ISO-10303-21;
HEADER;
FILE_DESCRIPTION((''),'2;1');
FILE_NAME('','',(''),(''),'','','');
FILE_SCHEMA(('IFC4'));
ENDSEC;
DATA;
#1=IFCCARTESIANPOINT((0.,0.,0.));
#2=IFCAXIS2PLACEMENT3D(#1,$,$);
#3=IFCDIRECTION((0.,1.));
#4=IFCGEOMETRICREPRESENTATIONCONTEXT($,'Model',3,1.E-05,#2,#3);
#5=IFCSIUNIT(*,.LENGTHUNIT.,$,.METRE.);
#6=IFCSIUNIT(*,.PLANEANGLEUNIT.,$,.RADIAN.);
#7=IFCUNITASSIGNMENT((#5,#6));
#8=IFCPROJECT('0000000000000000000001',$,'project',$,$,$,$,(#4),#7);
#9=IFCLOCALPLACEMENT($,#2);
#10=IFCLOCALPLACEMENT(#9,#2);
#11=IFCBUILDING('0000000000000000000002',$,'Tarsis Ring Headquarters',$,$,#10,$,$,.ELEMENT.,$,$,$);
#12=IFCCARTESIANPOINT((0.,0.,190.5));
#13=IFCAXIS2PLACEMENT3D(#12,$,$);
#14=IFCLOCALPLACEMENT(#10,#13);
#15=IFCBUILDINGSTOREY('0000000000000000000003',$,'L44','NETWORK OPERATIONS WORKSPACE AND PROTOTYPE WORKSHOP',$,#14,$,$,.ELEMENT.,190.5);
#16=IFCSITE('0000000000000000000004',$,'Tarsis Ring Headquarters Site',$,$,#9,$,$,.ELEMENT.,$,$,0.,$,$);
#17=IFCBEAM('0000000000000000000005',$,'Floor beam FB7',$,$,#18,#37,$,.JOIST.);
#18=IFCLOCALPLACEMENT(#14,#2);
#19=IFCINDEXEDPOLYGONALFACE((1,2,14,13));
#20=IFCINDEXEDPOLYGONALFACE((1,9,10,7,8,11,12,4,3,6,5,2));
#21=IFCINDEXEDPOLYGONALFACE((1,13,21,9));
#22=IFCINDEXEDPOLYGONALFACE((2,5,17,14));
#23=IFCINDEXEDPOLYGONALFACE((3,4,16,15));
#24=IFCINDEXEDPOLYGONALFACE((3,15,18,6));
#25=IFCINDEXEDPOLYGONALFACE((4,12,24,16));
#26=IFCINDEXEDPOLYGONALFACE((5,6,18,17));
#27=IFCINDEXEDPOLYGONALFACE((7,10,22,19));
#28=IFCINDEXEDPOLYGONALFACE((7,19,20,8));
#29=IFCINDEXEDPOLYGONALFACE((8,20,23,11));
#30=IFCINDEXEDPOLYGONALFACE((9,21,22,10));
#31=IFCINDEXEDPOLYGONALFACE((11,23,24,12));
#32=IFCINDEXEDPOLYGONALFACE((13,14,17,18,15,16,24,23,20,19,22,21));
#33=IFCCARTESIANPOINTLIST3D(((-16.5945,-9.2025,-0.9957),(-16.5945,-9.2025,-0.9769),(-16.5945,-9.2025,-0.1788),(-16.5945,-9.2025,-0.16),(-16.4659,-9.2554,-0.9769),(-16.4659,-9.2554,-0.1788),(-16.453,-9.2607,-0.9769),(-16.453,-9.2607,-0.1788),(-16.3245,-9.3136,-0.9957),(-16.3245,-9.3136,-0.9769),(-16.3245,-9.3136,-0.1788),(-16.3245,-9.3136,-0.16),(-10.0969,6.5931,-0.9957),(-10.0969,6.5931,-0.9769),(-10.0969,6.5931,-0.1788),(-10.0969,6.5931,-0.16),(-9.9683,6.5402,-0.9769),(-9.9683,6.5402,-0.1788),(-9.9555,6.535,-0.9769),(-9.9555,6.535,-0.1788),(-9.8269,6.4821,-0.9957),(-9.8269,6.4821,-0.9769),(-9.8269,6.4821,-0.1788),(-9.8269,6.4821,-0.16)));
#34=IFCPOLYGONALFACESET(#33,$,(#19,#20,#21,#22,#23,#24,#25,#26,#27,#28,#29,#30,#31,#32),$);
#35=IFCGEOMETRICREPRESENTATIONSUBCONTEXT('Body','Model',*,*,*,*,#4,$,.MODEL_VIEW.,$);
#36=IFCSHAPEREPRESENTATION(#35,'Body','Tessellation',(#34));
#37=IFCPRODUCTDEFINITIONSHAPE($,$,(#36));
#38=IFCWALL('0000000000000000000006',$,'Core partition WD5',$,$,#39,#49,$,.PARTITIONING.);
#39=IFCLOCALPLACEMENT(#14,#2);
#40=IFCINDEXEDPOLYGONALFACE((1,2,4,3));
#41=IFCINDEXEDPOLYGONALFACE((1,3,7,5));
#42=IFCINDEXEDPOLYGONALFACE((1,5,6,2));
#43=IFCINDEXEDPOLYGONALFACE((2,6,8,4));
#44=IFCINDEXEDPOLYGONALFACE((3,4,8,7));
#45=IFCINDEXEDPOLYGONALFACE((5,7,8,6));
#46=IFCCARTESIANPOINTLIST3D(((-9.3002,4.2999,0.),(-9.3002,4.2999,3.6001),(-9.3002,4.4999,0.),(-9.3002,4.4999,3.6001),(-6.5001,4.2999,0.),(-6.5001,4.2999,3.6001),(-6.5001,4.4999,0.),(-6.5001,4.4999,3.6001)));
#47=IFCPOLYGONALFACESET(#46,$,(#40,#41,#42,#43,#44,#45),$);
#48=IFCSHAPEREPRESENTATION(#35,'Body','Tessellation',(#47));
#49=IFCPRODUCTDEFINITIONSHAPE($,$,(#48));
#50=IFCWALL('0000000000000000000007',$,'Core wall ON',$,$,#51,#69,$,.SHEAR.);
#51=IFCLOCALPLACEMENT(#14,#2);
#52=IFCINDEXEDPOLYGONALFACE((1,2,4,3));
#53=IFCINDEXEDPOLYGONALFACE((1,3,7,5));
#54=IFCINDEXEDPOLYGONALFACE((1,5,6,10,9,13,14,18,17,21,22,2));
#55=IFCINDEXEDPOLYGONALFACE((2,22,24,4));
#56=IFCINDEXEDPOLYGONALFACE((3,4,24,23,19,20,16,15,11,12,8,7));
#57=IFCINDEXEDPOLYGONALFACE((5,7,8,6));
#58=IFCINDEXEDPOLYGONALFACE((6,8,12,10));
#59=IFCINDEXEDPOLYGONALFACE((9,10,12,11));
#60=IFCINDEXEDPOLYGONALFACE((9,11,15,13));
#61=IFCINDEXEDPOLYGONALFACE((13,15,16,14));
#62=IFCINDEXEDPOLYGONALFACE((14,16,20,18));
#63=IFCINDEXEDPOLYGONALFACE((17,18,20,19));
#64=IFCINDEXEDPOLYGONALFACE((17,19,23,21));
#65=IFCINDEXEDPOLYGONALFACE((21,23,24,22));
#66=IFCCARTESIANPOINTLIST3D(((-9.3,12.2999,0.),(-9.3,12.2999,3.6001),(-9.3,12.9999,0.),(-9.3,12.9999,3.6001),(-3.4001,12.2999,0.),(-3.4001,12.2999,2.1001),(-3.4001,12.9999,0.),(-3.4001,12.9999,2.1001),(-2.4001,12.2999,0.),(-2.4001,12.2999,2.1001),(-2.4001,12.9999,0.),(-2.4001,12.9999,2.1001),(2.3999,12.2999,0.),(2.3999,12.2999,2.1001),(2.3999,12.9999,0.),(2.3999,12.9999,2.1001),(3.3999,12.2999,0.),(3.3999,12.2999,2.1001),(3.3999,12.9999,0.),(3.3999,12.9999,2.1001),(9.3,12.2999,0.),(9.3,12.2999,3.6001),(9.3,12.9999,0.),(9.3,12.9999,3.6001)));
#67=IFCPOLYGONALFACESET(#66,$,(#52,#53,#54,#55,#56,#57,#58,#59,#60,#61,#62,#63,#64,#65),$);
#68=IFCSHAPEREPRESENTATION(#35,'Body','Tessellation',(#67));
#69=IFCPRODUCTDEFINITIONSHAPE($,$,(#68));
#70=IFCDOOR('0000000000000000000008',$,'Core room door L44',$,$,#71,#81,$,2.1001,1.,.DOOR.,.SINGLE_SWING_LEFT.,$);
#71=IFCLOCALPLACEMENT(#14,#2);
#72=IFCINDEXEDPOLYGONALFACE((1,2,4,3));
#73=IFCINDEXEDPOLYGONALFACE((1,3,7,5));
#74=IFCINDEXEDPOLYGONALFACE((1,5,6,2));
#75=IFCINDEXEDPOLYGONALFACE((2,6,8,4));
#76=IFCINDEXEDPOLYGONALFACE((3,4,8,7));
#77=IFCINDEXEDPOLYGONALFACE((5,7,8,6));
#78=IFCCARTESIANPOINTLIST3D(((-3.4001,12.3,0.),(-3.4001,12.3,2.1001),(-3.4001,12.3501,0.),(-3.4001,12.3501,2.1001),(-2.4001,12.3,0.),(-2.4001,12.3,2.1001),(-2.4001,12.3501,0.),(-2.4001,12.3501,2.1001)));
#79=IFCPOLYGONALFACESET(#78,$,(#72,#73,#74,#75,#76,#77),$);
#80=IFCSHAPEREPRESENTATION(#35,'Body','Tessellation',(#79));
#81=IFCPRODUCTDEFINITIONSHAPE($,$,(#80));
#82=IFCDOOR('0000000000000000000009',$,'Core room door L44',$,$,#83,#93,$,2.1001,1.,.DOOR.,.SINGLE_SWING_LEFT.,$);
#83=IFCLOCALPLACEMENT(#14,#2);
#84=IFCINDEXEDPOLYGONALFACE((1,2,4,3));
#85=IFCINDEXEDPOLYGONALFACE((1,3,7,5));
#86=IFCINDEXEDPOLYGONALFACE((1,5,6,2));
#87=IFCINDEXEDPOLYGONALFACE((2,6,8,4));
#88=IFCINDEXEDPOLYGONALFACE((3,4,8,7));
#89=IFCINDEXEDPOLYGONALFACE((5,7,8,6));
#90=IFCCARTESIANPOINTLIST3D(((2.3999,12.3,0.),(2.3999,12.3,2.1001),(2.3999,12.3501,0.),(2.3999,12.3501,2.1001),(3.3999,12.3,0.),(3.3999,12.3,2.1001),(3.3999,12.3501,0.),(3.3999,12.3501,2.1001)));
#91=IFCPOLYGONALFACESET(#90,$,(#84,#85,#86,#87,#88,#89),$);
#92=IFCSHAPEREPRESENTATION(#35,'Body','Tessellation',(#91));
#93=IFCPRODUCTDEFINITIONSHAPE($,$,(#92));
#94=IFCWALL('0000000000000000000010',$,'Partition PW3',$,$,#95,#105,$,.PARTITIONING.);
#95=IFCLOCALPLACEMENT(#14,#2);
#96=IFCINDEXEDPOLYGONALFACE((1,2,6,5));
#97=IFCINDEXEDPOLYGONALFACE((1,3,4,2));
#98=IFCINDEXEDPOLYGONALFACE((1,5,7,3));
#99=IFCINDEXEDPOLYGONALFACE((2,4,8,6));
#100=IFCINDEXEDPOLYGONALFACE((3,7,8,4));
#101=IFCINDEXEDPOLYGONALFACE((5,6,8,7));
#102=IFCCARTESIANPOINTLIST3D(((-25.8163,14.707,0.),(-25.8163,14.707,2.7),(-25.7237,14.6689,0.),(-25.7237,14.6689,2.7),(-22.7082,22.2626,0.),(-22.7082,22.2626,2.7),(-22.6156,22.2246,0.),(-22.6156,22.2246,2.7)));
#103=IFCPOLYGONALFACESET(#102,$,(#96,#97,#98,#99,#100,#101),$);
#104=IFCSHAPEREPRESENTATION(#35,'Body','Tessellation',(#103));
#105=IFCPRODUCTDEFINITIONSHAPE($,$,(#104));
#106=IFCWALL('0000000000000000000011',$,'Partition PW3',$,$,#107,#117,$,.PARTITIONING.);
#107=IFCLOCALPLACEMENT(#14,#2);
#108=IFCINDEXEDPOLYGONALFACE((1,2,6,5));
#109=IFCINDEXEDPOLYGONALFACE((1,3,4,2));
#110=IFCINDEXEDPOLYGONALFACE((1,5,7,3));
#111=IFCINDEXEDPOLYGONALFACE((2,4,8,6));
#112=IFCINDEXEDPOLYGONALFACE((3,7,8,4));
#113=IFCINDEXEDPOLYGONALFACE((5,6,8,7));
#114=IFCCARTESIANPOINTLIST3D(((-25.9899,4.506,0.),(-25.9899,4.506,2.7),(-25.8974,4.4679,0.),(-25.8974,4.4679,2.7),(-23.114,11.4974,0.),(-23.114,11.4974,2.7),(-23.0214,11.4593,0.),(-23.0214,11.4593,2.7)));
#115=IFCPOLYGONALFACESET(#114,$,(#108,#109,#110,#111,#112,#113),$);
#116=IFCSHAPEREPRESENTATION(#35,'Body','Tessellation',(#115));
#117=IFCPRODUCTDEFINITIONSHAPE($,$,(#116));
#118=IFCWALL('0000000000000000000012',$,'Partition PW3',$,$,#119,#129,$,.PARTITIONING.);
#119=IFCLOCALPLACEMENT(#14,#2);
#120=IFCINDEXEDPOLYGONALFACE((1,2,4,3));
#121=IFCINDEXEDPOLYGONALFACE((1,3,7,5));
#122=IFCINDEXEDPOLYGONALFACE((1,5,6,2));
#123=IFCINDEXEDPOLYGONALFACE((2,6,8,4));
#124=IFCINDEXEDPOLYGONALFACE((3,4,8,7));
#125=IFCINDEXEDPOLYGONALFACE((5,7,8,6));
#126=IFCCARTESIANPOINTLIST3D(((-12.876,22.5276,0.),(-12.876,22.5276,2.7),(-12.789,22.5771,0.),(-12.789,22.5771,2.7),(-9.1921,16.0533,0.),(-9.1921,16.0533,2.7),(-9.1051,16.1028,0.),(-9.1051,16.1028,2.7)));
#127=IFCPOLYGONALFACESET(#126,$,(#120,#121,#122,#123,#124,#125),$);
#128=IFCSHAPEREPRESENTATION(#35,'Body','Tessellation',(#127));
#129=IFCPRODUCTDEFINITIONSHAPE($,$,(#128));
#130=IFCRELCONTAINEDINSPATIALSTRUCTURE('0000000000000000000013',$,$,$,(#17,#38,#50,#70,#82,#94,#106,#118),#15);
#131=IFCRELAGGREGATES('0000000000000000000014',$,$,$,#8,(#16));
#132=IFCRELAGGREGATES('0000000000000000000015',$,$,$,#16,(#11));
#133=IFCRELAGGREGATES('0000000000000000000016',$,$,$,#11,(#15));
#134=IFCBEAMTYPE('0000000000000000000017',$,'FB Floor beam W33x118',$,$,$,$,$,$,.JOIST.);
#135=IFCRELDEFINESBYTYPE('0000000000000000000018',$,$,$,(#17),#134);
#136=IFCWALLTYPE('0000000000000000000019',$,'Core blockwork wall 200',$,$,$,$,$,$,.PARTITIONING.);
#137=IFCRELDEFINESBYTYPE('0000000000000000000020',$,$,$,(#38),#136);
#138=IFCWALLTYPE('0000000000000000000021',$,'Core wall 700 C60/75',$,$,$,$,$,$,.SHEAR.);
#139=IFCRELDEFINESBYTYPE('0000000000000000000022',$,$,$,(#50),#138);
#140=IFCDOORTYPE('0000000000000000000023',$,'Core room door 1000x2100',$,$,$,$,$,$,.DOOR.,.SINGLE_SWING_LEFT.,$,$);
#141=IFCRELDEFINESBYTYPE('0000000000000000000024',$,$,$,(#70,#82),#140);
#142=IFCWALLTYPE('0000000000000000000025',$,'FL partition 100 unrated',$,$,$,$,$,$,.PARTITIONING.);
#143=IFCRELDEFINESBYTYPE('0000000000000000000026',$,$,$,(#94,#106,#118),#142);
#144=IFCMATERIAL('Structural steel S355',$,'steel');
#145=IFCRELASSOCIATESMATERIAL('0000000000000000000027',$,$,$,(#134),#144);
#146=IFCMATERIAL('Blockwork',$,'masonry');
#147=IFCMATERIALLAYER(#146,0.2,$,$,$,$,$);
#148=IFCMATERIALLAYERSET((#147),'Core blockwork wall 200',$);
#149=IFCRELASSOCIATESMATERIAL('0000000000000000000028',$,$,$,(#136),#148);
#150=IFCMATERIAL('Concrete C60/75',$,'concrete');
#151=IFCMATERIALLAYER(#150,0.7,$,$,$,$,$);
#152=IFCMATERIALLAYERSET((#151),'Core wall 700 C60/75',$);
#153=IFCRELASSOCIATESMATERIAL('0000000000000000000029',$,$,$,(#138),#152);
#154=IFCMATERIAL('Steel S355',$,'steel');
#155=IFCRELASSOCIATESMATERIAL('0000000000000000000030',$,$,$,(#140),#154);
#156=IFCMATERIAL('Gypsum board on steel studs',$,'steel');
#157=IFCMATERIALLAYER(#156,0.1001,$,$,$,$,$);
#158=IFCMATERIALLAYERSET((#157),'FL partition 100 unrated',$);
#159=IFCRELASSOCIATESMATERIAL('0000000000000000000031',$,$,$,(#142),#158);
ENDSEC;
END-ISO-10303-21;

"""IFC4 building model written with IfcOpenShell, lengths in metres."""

from ifc_helpers import new_model, si_unit, direction, frame, frame_2d, origin, origin_2d, place, context, subcontext, project, spatial, rectangle, i_section, extrude, material, layer, layer_set, material_profile, profile_set, type_object, element, fill, save


model = new_model("IFC4")

# Units and contexts
model_context = context("Model", 3, precision=1e-05, world=origin(), true_north=direction((0.0, 1.0)))
body_context = subcontext(model_context, "Body", "Model", "MODEL_VIEW")
ifc_project = project(units=[si_unit("LENGTHUNIT", "METRE"), si_unit("PLANEANGLEUNIT", "RADIAN")], contexts=[model_context])

# Site, building, storey
site_placement = place(None, origin())
site = spatial("IfcSite", under=ifc_project, at=site_placement, Name="Tarsis Ring Headquarters Site", CompositionType="ELEMENT", RefElevation=0.0)
building_placement = place(site_placement, origin())
building = spatial("IfcBuilding", under=site, at=building_placement, Name="Tarsis Ring Headquarters", CompositionType="ELEMENT")
storey_placement = place(building_placement, frame((0.0, 0.0, 190.5)))
storey = spatial("IfcBuildingStorey", under=building, at=storey_placement, Name="L44", Description="NETWORK OPERATIONS WORKSPACE AND PROTOTYPE WORKSHOP", CompositionType="ELEMENT", Elevation=190.5)

# Beam
ifc_material_1 = material(Name="Structural steel S355", Category="steel")
ifc_material_profile = material_profile(ifc_material_1, i_section(OverallWidth=0.292, OverallDepth=0.8357, WebThickness=0.0139, FlangeThickness=0.0188, at=origin_2d()), Name="W33x118")
ifc_profile_set = profile_set([ifc_material_profile], Name="Structural steel S355")
beam_type = type_object("IfcBeamType", Name="FB Floor beam W33x118", PredefinedType="JOIST", material=ifc_profile_set)
beam_placement = place(storey_placement, frame((-9.9619, 6.5376, -0.5779), z_axis=(-0.380423, -0.924813, 0.0), x_axis=(0.924813, -0.380423, 0.0)))
element("IfcBeam", 1, at=beam_placement, inside=storey, type_object=beam_type, Name="Floor beam FB7", PredefinedType="JOIST", context=body_context, shape_type="SweptSolid", body=[
    extrude(i_section(OverallWidth=0.292, OverallDepth=0.8357, WebThickness=0.0139, FlangeThickness=0.0188, at=origin_2d()), origin(), (0.0, 0.0, 1.0), 17.0798),
])

# Wall
ifc_material_2 = material(Name="Blockwork", Category="masonry")
ifc_layer_1 = layer(ifc_material_2, 0.2)
ifc_layer_set_1 = layer_set([ifc_layer_1], Name="Core blockwork wall 200")
wall_type_1 = type_object("IfcWallType", Name="Core blockwork wall 200", PredefinedType="PARTITIONING", material=ifc_layer_set_1)
wall_1_placement = place(storey_placement, frame((-9.3, 4.3999, 0.0), z_axis=(0.0, 0.0, 1.0), x_axis=(1.0, 0.0, 0.0)))
element("IfcWall", 2, at=wall_1_placement, inside=storey, type_object=wall_type_1, Name="Core partition WD5", PredefinedType="PARTITIONING", context=body_context, shape_type="SweptSolid", body=[
    extrude(rectangle(XDim=2.8, YDim=0.2, at=frame_2d((1.3999, 0.0))), origin(), (0.0, 0.0, 1.0), 3.6001),
])

# Wall, openings, doors
ifc_material_3 = material(Name="Concrete C60/75", Category="concrete")
ifc_layer_2 = layer(ifc_material_3, 0.7)
ifc_layer_set_2 = layer_set([ifc_layer_2], Name="Core wall 700 C60/75")
wall_type_2 = type_object("IfcWallType", Name="Core wall 700 C60/75", PredefinedType="SHEAR", material=ifc_layer_set_2)
wall_2_placement = place(storey_placement, frame((-9.3, 12.6499, 0.0), z_axis=(0.0, 0.0, 1.0), x_axis=(1.0, 0.0, 0.0)))
wall_2 = element("IfcWall", 3, at=wall_2_placement, inside=storey, type_object=wall_type_2, Name="Core wall ON", PredefinedType="SHEAR", context=body_context, shape_type="SweptSolid", body=[
    extrude(rectangle(XDim=18.6001, YDim=0.7, at=frame_2d((9.3, 0.0))), origin(), (0.0, 0.0, 1.0), 3.6001),
])
opening_1_placement = place(wall_2_placement, frame((5.8999, 0.0, 0.0)))
opening_1 = element("IfcOpeningElement", 4, at=opening_1_placement, cuts=wall_2, PredefinedType="OPENING", context=body_context, shape_type="SweptSolid", body=[
    extrude(rectangle(XDim=1.0, YDim=2.1001, at=frame_2d((0.5, 1.05))), frame((0.0, 0.3599, 0.0), z_axis=(0.0, -1.0, 0.0), x_axis=(1.0, 0.0, 0.0)), (0.0, 0.0, 1.0), 0.72),
])
opening_2_placement = place(wall_2_placement, frame((11.7, 0.0, 0.0)))
opening_2 = element("IfcOpeningElement", 5, at=opening_2_placement, cuts=wall_2, PredefinedType="OPENING", context=body_context, shape_type="SweptSolid", body=[
    extrude(rectangle(XDim=1.0, YDim=2.1001, at=frame_2d((0.5, 1.05))), frame((0.0, 0.3599, 0.0), z_axis=(0.0, -1.0, 0.0), x_axis=(1.0, 0.0, 0.0)), (0.0, 0.0, 1.0), 0.72),
])
ifc_material_4 = material(Name="Steel S355", Category="steel")
door_type_1 = type_object("IfcDoorType", Name="Core room door 1000x2100", OperationType="SINGLE_SWING_LEFT", PredefinedType="DOOR", material=ifc_material_4)
door_1_placement = place(opening_1_placement, origin())
door_1 = element("IfcDoor", 6, at=door_1_placement, inside=storey, type_object=door_type_1, Name="Core room door L44", OperationType="SINGLE_SWING_LEFT", OverallHeight=2.1001, OverallWidth=1.0, PredefinedType="DOOR", context=body_context, shape_type="SweptSolid", body=[
    extrude(rectangle(XDim=1.0, YDim=2.1001, at=frame_2d((0.5, 1.05))), frame((0.0, -0.2998, 0.0), z_axis=(0.0, -1.0, 0.0), x_axis=(1.0, 0.0, 0.0)), (0.0, 0.0, 1.0), 0.05),
])
fill(opening_1, door_1)
door_2_placement = place(opening_2_placement, origin())
door_2 = element("IfcDoor", 7, at=door_2_placement, inside=storey, type_object=door_type_1, Name="Core room door L44", OperationType="SINGLE_SWING_LEFT", OverallHeight=2.1001, OverallWidth=1.0, PredefinedType="DOOR", context=body_context, shape_type="SweptSolid", body=[
    extrude(rectangle(XDim=1.0, YDim=2.1001, at=frame_2d((0.5, 1.05))), frame((0.0, -0.2998, 0.0), z_axis=(0.0, -1.0, 0.0), x_axis=(1.0, 0.0, 0.0)), (0.0, 0.0, 1.0), 0.05),
])
fill(opening_2, door_2)

# Walls
ifc_material_5 = material(Name="Gypsum board on steel studs", Category="steel")
ifc_layer_3 = layer(ifc_material_5, 0.1001)
ifc_layer_set_3 = layer_set([ifc_layer_3], Name="FL partition 100 unrated")
wall_type_3 = type_object("IfcWallType", Name="FL partition 100 unrated", PredefinedType="PARTITIONING", material=ifc_layer_set_3)
wall_3_placement = place(storey_placement, frame((-25.77, 14.688, 0.0), z_axis=(0.0, 0.0, 1.0), x_axis=(0.380436, 0.924807, 0.0)))
element("IfcWall", 8, at=wall_3_placement, inside=storey, type_object=wall_type_3, Name="Partition PW3", PredefinedType="PARTITIONING", context=body_context, shape_type="SweptSolid", body=[
    extrude(rectangle(XDim=8.1699, YDim=0.1001, at=frame_2d((4.085, 0.0))), origin(), (0.0, 0.0, 1.0), 2.7),
])
wall_4_placement = place(storey_placement, frame((-25.9436, 4.4871, 0.0), z_axis=(0.0, 0.0, 1.0), x_axis=(0.380427, 0.924811, 0.0)))
element("IfcWall", 9, at=wall_4_placement, inside=storey, type_object=wall_type_3, Name="Partition PW3", PredefinedType="PARTITIONING", context=body_context, shape_type="SweptSolid", body=[
    extrude(rectangle(XDim=7.5598, YDim=0.1001, at=frame_2d((3.7798, 0.0))), origin(), (0.0, 0.0, 1.0), 2.7),
])
wall_5_placement = place(storey_placement, frame((-12.8325, 22.5525, 0.0), z_axis=(0.0, 0.0, 1.0), x_axis=(0.494539, -0.869155, 0.0)))
element("IfcWall", 10, at=wall_5_placement, inside=storey, type_object=wall_type_3, Name="Partition PW3", PredefinedType="PARTITIONING", context=body_context, shape_type="SweptSolid", body=[
    extrude(rectangle(XDim=7.449, YDim=0.1001, at=frame_2d((3.7246, 0.0))), origin(), (0.0, 0.0, 1.0), 2.7),
])

save(model, "model.ifc")
